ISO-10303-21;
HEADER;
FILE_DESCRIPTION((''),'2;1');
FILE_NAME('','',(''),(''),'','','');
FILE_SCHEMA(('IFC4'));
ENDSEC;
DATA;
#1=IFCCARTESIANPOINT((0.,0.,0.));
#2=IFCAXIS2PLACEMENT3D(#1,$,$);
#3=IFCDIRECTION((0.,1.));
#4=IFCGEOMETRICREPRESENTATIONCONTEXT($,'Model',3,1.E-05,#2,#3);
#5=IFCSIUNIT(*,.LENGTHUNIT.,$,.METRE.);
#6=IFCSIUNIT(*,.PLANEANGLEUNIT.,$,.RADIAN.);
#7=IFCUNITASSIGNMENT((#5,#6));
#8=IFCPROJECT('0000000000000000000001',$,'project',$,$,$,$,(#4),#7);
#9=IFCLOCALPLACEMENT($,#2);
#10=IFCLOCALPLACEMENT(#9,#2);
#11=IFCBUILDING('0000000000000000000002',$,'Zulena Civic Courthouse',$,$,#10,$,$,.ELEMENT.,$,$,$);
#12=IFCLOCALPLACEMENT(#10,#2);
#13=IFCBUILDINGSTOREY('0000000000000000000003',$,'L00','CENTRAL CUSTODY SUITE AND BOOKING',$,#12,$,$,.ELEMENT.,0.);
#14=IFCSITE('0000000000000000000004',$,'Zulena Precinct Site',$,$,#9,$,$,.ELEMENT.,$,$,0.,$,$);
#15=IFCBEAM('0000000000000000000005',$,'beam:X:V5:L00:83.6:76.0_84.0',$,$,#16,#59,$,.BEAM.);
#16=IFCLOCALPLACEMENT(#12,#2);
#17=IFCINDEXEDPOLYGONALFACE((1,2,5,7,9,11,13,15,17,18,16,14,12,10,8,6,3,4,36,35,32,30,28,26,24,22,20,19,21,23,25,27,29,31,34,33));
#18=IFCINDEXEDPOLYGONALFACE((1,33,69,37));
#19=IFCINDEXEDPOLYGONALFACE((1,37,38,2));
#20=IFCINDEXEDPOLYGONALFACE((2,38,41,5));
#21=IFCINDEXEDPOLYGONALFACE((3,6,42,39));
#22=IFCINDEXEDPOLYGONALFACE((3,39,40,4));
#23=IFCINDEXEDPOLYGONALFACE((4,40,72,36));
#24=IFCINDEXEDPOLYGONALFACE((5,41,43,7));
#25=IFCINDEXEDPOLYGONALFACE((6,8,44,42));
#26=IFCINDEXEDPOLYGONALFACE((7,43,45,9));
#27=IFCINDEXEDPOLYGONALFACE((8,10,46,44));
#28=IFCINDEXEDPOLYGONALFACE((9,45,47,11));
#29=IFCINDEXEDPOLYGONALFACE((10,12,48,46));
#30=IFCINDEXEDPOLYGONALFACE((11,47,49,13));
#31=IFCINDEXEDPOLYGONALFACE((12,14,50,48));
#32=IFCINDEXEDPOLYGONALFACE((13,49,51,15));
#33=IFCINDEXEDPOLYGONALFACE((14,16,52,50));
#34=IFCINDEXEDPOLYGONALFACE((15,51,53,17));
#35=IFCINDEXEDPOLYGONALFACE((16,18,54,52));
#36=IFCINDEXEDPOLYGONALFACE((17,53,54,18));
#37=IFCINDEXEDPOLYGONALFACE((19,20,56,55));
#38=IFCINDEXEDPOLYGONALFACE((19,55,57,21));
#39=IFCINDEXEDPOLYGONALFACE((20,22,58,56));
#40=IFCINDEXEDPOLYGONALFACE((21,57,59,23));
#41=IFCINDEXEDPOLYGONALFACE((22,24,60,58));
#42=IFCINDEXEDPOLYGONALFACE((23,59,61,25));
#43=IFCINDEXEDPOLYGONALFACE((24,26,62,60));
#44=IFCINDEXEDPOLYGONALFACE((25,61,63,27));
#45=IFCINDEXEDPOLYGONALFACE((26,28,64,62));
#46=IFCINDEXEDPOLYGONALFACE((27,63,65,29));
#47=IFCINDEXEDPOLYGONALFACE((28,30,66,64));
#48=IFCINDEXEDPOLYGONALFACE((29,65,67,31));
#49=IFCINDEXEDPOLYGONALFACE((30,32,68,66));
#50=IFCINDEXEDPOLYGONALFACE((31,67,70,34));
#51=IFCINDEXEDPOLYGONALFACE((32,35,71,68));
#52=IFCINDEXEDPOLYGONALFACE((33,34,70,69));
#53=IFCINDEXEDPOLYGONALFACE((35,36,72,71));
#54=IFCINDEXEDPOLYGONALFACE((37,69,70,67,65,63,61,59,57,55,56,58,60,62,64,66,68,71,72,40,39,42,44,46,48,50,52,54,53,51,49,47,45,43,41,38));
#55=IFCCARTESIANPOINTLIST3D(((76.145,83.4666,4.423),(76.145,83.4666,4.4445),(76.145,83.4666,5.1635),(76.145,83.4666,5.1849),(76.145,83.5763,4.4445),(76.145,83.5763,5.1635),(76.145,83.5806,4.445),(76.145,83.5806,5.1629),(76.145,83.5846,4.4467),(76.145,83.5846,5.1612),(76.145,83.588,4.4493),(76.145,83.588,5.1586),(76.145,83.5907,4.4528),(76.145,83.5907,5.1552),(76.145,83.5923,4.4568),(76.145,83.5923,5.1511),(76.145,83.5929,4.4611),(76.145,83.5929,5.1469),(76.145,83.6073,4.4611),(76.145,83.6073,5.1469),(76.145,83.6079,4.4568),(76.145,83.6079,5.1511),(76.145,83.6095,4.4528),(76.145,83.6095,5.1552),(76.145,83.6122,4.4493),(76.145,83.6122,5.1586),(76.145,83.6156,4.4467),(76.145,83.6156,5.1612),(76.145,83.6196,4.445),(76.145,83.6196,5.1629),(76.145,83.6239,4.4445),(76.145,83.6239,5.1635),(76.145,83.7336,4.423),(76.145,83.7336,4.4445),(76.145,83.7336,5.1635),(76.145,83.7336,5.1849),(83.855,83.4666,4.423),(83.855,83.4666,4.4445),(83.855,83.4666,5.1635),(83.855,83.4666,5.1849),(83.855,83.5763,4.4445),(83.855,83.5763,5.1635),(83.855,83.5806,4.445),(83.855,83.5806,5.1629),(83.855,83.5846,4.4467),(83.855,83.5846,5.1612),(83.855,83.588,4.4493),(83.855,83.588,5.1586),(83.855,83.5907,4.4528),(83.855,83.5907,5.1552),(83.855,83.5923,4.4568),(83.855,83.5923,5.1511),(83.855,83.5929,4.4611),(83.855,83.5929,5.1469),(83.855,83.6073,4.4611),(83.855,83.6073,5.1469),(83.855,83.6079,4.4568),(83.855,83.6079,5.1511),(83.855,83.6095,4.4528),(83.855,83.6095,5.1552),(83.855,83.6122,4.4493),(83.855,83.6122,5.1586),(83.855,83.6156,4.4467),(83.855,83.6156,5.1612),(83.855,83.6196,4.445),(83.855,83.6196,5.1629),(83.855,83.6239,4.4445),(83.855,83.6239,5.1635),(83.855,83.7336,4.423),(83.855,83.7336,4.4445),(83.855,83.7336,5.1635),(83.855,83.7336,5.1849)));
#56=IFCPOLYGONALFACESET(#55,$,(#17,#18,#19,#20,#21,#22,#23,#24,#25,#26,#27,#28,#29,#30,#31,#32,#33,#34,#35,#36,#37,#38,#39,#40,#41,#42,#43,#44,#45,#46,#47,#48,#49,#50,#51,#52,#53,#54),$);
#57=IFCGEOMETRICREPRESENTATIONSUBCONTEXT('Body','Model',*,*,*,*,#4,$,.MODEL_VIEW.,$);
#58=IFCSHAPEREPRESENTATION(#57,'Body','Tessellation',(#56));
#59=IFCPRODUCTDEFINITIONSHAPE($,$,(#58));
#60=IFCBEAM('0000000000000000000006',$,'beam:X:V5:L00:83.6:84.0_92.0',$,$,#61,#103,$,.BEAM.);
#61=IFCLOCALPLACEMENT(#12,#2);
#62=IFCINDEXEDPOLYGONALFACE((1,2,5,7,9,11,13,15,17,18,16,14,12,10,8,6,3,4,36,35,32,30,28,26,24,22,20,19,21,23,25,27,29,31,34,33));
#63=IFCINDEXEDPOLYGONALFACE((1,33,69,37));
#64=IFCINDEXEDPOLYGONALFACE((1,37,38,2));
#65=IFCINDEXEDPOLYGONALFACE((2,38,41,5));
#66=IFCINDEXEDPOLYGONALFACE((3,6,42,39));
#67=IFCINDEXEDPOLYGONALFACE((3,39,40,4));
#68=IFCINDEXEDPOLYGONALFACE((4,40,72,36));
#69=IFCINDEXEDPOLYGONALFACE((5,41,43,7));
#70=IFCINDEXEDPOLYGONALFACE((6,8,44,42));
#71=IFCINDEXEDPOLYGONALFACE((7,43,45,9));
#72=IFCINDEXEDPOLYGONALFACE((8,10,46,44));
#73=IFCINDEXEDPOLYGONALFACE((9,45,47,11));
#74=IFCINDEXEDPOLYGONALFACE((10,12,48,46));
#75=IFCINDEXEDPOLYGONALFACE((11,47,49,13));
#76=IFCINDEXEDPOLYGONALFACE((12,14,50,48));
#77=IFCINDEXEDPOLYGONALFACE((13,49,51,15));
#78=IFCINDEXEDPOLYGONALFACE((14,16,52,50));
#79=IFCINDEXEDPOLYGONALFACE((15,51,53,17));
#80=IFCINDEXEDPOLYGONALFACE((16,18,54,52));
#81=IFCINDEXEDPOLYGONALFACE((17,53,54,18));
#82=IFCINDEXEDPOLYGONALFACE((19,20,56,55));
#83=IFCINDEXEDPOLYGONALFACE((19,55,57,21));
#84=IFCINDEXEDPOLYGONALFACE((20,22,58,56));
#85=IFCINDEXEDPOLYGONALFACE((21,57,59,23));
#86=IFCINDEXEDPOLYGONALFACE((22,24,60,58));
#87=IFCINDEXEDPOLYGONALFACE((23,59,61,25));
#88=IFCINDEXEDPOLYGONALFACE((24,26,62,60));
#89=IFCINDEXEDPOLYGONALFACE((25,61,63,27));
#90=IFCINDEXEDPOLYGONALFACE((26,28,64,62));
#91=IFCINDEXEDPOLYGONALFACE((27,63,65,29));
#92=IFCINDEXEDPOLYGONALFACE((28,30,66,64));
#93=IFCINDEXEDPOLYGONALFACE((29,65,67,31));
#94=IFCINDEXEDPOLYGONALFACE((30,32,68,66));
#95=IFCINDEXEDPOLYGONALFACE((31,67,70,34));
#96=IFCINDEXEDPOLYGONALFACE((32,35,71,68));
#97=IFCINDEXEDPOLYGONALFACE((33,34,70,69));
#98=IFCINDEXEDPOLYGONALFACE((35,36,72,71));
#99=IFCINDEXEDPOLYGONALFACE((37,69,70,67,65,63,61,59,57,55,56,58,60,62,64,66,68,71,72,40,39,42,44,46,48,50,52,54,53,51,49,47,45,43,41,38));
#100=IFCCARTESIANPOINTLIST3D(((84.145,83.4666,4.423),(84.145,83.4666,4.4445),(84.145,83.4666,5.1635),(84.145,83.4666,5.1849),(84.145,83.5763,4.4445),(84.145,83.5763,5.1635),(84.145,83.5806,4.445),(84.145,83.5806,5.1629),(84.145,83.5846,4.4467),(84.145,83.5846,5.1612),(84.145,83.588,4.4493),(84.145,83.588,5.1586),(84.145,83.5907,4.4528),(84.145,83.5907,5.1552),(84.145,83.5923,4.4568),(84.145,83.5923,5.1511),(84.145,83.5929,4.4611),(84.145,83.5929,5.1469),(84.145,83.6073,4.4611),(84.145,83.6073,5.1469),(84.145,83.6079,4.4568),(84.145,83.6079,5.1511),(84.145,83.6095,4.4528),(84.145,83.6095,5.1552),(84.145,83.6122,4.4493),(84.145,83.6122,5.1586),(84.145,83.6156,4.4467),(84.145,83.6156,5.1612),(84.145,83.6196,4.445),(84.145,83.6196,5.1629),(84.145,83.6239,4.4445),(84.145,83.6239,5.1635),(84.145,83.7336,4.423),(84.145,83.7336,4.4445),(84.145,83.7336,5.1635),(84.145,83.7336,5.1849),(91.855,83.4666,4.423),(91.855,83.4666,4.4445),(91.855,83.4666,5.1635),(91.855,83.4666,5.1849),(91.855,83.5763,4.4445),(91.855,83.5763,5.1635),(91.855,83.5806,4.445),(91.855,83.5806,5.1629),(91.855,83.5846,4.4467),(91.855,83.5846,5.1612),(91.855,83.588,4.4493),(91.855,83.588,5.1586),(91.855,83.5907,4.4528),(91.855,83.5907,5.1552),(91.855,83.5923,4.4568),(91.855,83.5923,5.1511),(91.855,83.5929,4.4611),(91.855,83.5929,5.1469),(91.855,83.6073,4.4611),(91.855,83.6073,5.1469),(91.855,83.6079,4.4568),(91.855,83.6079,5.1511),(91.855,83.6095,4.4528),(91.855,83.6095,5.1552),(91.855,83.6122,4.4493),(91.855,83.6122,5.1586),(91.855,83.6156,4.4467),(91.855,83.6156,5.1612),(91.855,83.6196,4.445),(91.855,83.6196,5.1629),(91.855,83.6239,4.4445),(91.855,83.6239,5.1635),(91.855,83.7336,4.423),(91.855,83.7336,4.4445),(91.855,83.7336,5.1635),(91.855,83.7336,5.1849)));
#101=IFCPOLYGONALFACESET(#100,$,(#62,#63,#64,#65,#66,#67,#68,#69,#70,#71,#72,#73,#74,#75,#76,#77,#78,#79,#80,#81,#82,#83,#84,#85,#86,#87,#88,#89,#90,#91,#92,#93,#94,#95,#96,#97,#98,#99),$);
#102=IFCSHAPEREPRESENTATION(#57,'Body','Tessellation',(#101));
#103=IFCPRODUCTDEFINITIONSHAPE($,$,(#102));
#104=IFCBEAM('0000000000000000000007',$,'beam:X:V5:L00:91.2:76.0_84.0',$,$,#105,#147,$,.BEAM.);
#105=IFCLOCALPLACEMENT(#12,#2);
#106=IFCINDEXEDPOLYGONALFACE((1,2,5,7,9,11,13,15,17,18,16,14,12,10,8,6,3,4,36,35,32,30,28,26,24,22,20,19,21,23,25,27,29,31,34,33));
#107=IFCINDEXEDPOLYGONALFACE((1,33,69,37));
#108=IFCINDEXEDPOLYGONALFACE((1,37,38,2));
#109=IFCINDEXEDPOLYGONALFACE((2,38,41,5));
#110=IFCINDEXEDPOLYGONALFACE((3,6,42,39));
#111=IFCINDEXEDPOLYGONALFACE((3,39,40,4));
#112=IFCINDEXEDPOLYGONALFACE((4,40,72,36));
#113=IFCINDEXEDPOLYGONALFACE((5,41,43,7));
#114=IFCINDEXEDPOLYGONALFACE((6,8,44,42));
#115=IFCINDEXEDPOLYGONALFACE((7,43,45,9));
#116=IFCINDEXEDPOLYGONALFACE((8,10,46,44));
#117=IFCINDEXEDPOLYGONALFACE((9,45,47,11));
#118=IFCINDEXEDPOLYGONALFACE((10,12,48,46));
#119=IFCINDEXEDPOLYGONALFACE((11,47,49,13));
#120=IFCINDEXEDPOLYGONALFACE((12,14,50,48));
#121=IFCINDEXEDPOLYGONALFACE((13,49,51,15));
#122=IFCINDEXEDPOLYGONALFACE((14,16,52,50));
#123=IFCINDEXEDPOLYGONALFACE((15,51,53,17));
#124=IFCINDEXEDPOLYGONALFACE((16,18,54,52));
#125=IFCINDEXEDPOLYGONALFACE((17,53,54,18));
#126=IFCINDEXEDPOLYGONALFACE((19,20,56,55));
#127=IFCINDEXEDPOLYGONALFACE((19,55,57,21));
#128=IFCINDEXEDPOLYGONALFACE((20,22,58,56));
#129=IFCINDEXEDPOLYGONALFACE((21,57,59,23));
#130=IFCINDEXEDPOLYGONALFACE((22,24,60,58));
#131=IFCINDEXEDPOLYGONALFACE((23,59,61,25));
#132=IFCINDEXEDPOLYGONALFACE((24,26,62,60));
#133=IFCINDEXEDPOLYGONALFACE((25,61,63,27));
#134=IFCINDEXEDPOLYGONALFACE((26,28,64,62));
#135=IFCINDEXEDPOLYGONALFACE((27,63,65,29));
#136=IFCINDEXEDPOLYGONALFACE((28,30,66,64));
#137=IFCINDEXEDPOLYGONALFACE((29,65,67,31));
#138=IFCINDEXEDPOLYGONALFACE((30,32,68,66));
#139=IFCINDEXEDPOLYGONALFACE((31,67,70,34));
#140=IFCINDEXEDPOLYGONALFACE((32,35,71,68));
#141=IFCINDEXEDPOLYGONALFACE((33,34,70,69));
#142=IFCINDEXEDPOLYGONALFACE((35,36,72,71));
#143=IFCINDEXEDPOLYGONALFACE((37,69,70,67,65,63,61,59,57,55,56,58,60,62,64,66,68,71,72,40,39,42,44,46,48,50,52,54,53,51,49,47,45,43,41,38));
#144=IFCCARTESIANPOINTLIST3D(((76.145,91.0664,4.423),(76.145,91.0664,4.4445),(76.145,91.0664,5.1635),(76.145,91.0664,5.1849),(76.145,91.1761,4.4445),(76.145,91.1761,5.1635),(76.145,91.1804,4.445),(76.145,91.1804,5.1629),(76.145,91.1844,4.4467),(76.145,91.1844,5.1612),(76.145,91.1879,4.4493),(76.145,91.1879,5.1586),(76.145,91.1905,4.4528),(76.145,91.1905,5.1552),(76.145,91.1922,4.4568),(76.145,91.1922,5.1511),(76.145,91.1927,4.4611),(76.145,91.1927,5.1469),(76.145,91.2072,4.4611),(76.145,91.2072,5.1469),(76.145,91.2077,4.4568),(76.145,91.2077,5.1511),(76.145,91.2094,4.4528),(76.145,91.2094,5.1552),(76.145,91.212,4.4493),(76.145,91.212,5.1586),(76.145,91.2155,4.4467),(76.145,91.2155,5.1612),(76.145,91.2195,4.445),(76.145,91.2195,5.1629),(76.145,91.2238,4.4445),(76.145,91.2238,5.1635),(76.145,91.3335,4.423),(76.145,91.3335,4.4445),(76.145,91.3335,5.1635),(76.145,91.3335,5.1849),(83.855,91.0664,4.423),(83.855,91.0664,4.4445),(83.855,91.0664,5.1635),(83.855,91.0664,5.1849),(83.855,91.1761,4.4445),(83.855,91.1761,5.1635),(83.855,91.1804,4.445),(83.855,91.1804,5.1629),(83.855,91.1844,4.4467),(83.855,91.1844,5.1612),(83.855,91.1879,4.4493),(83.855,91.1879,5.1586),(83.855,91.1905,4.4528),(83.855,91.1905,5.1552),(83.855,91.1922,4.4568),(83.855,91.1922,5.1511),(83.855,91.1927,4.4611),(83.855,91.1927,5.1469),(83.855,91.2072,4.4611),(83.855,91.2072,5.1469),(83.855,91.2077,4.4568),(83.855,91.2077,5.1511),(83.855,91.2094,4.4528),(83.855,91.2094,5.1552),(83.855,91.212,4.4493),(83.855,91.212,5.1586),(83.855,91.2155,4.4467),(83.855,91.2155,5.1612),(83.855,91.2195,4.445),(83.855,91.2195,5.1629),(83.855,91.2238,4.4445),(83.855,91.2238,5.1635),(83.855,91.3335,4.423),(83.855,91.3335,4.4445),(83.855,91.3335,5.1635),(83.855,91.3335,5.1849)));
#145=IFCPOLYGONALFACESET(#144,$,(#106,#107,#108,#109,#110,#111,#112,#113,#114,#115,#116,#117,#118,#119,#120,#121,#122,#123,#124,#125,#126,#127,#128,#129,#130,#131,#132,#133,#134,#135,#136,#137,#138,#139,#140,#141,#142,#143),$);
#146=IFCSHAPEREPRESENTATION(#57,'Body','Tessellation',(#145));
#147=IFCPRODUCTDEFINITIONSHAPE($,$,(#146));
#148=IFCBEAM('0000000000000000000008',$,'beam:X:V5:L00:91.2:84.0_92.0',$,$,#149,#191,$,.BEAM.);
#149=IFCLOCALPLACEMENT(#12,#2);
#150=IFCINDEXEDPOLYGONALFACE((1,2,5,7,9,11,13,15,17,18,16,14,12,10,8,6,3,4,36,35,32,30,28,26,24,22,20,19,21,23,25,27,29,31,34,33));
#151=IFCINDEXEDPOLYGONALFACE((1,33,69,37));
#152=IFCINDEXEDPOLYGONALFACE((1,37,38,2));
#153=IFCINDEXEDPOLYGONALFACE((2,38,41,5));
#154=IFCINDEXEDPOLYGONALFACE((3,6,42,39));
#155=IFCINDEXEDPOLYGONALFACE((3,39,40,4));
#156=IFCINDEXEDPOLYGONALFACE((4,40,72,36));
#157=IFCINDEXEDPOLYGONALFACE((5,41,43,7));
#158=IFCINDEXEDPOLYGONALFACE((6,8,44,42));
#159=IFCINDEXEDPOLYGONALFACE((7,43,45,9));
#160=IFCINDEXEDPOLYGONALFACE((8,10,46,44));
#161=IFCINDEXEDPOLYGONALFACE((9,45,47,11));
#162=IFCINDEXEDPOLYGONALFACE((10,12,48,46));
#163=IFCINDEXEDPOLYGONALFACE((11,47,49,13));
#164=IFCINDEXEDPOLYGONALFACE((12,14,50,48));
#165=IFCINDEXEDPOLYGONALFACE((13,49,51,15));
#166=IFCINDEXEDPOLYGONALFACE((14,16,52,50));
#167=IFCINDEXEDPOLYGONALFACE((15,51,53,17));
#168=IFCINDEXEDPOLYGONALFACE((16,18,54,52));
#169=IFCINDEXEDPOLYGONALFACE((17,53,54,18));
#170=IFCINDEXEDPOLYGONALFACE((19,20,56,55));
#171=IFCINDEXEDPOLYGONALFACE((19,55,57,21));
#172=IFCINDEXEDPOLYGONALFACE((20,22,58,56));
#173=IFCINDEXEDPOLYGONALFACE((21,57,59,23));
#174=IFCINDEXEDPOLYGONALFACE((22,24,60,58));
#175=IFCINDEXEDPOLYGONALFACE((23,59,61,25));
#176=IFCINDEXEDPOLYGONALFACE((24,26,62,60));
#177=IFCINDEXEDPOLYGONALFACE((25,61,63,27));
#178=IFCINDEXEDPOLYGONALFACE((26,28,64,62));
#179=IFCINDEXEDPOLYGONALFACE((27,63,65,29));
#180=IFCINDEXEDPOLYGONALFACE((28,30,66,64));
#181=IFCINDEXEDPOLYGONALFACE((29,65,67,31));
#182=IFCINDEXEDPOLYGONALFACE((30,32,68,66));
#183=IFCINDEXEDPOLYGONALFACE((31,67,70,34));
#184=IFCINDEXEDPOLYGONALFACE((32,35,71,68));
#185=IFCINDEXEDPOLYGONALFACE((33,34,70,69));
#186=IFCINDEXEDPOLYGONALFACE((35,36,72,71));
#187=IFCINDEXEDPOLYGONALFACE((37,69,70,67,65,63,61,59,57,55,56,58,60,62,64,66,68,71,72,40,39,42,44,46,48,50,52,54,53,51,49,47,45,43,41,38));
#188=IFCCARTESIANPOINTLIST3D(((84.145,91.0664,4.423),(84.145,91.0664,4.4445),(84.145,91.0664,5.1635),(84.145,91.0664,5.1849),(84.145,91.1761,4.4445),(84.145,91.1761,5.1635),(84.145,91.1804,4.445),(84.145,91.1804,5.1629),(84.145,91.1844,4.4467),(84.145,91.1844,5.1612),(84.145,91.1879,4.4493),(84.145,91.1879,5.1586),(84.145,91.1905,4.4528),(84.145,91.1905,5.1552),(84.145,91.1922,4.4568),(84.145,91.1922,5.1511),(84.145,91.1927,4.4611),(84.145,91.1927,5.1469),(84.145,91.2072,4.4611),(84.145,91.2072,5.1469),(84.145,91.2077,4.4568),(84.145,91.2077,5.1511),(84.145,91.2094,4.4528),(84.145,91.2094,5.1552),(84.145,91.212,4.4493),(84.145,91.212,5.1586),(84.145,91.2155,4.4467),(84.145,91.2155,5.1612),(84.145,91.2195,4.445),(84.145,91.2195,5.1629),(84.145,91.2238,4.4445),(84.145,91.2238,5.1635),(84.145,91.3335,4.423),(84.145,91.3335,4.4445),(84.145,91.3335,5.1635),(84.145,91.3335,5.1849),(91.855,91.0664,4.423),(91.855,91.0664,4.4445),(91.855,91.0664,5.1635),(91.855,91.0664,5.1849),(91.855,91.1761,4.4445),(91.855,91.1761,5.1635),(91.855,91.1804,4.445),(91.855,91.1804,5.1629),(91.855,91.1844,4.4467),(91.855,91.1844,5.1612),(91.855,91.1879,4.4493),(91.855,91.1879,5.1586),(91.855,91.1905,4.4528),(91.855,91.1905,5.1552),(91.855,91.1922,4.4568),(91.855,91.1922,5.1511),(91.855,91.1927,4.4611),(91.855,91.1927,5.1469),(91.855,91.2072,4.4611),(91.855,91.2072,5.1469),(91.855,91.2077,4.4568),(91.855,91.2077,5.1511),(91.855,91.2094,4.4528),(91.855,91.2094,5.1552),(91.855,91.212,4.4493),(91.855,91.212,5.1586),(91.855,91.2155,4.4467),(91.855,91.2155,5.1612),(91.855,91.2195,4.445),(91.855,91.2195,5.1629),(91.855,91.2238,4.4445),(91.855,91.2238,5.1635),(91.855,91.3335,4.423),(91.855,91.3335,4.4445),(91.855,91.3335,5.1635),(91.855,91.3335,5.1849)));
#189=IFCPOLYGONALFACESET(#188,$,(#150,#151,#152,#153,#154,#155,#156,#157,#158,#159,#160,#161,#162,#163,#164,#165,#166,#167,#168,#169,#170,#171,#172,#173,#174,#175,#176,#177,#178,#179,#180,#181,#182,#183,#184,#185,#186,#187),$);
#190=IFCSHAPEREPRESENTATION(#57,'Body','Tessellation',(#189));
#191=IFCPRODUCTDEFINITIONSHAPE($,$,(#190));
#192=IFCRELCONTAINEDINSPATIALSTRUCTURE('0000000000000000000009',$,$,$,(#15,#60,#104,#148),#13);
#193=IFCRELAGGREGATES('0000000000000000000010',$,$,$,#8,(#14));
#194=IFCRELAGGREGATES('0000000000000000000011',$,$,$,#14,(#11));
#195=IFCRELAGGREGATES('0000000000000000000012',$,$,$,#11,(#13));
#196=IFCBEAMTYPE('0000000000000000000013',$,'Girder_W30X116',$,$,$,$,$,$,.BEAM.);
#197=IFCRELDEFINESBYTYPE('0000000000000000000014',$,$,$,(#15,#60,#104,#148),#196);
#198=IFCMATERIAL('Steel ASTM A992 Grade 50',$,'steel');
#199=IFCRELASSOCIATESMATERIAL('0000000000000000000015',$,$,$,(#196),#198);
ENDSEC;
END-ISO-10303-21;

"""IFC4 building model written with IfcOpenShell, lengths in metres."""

from ifc_helpers import new_model, si_unit, direction, frame, origin, origin_2d, place, context, subcontext, project, spatial, i_section, extrude, material, material_profile, profile_set, type_object, element, save


model = new_model("IFC4")

# Units and contexts
model_context = context("Model", 3, precision=1e-05, world=origin(), true_north=direction((0.0, 1.0)))
body_context = subcontext(model_context, "Body", "Model", "MODEL_VIEW")
ifc_project = project(units=[si_unit("LENGTHUNIT", "METRE"), si_unit("PLANEANGLEUNIT", "RADIAN")], contexts=[model_context])

# Site, building, storey
site_placement = place(None, origin())
site = spatial("IfcSite", under=ifc_project, at=site_placement, Name="Zulena Precinct Site", CompositionType="ELEMENT", RefElevation=0.0)
building_placement = place(site_placement, origin())
building = spatial("IfcBuilding", under=site, at=building_placement, Name="Zulena Civic Courthouse", CompositionType="ELEMENT")
storey_placement = place(building_placement, origin())
storey = spatial("IfcBuildingStorey", under=building, at=storey_placement, Name="L00", Description="CENTRAL CUSTODY SUITE AND BOOKING", CompositionType="ELEMENT", Elevation=0.0)

# Shared definitions
ifc_material_1 = material(Name="Steel ASTM A992 Grade 50", Category="steel")

# Beams
ifc_material_profile_1 = material_profile(ifc_material_1, i_section(OverallWidth=0.2671, OverallDepth=0.762, WebThickness=0.0144, FlangeThickness=0.0215, FilletRadius=0.0166, at=origin_2d()), Name="W30X116")
ifc_profile_set_1 = profile_set([ifc_material_profile_1], Name="Steel ASTM A992 Grade 50")
beam_type_1 = type_object("IfcBeamType", Name="Girder_W30X116", PredefinedType="BEAM", material=ifc_profile_set_1)
for number, where, z_axis, x_axis, name in (
    (1, (76.145, 83.6001, 4.804), (1.0, 0.0, 0.0), (0.0, 1.0, 0.0), "beam:X:V5:L00:83.6:76.0_84.0"),
    (2, (84.145, 83.6001, 4.804), (1.0, 0.0, 0.0), (0.0, 1.0, 0.0), "beam:X:V5:L00:83.6:84.0_92.0"),
    (3, (76.145, 91.2, 4.804), (1.0, 0.0, 0.0), (0.0, 1.0, 0.0), "beam:X:V5:L00:91.2:76.0_84.0"),
    (4, (84.145, 91.2, 4.804), (1.0, 0.0, 0.0), (0.0, 1.0, 0.0), "beam:X:V5:L00:91.2:84.0_92.0"),
):
    element("IfcBeam", number, at=place(storey_placement, frame(where, z_axis=z_axis, x_axis=x_axis)), inside=storey, type_object=beam_type_1, Name=name, PredefinedType="BEAM", context=body_context, shape_type="SweptSolid", body=[
        extrude(i_section(OverallWidth=0.2671, OverallDepth=0.762, WebThickness=0.0144, FlangeThickness=0.0215, FilletRadius=0.0166, at=origin_2d()), origin(), (0.0, 0.0, 1.0), 7.71),
    ])

save(model, "model.ifc")
